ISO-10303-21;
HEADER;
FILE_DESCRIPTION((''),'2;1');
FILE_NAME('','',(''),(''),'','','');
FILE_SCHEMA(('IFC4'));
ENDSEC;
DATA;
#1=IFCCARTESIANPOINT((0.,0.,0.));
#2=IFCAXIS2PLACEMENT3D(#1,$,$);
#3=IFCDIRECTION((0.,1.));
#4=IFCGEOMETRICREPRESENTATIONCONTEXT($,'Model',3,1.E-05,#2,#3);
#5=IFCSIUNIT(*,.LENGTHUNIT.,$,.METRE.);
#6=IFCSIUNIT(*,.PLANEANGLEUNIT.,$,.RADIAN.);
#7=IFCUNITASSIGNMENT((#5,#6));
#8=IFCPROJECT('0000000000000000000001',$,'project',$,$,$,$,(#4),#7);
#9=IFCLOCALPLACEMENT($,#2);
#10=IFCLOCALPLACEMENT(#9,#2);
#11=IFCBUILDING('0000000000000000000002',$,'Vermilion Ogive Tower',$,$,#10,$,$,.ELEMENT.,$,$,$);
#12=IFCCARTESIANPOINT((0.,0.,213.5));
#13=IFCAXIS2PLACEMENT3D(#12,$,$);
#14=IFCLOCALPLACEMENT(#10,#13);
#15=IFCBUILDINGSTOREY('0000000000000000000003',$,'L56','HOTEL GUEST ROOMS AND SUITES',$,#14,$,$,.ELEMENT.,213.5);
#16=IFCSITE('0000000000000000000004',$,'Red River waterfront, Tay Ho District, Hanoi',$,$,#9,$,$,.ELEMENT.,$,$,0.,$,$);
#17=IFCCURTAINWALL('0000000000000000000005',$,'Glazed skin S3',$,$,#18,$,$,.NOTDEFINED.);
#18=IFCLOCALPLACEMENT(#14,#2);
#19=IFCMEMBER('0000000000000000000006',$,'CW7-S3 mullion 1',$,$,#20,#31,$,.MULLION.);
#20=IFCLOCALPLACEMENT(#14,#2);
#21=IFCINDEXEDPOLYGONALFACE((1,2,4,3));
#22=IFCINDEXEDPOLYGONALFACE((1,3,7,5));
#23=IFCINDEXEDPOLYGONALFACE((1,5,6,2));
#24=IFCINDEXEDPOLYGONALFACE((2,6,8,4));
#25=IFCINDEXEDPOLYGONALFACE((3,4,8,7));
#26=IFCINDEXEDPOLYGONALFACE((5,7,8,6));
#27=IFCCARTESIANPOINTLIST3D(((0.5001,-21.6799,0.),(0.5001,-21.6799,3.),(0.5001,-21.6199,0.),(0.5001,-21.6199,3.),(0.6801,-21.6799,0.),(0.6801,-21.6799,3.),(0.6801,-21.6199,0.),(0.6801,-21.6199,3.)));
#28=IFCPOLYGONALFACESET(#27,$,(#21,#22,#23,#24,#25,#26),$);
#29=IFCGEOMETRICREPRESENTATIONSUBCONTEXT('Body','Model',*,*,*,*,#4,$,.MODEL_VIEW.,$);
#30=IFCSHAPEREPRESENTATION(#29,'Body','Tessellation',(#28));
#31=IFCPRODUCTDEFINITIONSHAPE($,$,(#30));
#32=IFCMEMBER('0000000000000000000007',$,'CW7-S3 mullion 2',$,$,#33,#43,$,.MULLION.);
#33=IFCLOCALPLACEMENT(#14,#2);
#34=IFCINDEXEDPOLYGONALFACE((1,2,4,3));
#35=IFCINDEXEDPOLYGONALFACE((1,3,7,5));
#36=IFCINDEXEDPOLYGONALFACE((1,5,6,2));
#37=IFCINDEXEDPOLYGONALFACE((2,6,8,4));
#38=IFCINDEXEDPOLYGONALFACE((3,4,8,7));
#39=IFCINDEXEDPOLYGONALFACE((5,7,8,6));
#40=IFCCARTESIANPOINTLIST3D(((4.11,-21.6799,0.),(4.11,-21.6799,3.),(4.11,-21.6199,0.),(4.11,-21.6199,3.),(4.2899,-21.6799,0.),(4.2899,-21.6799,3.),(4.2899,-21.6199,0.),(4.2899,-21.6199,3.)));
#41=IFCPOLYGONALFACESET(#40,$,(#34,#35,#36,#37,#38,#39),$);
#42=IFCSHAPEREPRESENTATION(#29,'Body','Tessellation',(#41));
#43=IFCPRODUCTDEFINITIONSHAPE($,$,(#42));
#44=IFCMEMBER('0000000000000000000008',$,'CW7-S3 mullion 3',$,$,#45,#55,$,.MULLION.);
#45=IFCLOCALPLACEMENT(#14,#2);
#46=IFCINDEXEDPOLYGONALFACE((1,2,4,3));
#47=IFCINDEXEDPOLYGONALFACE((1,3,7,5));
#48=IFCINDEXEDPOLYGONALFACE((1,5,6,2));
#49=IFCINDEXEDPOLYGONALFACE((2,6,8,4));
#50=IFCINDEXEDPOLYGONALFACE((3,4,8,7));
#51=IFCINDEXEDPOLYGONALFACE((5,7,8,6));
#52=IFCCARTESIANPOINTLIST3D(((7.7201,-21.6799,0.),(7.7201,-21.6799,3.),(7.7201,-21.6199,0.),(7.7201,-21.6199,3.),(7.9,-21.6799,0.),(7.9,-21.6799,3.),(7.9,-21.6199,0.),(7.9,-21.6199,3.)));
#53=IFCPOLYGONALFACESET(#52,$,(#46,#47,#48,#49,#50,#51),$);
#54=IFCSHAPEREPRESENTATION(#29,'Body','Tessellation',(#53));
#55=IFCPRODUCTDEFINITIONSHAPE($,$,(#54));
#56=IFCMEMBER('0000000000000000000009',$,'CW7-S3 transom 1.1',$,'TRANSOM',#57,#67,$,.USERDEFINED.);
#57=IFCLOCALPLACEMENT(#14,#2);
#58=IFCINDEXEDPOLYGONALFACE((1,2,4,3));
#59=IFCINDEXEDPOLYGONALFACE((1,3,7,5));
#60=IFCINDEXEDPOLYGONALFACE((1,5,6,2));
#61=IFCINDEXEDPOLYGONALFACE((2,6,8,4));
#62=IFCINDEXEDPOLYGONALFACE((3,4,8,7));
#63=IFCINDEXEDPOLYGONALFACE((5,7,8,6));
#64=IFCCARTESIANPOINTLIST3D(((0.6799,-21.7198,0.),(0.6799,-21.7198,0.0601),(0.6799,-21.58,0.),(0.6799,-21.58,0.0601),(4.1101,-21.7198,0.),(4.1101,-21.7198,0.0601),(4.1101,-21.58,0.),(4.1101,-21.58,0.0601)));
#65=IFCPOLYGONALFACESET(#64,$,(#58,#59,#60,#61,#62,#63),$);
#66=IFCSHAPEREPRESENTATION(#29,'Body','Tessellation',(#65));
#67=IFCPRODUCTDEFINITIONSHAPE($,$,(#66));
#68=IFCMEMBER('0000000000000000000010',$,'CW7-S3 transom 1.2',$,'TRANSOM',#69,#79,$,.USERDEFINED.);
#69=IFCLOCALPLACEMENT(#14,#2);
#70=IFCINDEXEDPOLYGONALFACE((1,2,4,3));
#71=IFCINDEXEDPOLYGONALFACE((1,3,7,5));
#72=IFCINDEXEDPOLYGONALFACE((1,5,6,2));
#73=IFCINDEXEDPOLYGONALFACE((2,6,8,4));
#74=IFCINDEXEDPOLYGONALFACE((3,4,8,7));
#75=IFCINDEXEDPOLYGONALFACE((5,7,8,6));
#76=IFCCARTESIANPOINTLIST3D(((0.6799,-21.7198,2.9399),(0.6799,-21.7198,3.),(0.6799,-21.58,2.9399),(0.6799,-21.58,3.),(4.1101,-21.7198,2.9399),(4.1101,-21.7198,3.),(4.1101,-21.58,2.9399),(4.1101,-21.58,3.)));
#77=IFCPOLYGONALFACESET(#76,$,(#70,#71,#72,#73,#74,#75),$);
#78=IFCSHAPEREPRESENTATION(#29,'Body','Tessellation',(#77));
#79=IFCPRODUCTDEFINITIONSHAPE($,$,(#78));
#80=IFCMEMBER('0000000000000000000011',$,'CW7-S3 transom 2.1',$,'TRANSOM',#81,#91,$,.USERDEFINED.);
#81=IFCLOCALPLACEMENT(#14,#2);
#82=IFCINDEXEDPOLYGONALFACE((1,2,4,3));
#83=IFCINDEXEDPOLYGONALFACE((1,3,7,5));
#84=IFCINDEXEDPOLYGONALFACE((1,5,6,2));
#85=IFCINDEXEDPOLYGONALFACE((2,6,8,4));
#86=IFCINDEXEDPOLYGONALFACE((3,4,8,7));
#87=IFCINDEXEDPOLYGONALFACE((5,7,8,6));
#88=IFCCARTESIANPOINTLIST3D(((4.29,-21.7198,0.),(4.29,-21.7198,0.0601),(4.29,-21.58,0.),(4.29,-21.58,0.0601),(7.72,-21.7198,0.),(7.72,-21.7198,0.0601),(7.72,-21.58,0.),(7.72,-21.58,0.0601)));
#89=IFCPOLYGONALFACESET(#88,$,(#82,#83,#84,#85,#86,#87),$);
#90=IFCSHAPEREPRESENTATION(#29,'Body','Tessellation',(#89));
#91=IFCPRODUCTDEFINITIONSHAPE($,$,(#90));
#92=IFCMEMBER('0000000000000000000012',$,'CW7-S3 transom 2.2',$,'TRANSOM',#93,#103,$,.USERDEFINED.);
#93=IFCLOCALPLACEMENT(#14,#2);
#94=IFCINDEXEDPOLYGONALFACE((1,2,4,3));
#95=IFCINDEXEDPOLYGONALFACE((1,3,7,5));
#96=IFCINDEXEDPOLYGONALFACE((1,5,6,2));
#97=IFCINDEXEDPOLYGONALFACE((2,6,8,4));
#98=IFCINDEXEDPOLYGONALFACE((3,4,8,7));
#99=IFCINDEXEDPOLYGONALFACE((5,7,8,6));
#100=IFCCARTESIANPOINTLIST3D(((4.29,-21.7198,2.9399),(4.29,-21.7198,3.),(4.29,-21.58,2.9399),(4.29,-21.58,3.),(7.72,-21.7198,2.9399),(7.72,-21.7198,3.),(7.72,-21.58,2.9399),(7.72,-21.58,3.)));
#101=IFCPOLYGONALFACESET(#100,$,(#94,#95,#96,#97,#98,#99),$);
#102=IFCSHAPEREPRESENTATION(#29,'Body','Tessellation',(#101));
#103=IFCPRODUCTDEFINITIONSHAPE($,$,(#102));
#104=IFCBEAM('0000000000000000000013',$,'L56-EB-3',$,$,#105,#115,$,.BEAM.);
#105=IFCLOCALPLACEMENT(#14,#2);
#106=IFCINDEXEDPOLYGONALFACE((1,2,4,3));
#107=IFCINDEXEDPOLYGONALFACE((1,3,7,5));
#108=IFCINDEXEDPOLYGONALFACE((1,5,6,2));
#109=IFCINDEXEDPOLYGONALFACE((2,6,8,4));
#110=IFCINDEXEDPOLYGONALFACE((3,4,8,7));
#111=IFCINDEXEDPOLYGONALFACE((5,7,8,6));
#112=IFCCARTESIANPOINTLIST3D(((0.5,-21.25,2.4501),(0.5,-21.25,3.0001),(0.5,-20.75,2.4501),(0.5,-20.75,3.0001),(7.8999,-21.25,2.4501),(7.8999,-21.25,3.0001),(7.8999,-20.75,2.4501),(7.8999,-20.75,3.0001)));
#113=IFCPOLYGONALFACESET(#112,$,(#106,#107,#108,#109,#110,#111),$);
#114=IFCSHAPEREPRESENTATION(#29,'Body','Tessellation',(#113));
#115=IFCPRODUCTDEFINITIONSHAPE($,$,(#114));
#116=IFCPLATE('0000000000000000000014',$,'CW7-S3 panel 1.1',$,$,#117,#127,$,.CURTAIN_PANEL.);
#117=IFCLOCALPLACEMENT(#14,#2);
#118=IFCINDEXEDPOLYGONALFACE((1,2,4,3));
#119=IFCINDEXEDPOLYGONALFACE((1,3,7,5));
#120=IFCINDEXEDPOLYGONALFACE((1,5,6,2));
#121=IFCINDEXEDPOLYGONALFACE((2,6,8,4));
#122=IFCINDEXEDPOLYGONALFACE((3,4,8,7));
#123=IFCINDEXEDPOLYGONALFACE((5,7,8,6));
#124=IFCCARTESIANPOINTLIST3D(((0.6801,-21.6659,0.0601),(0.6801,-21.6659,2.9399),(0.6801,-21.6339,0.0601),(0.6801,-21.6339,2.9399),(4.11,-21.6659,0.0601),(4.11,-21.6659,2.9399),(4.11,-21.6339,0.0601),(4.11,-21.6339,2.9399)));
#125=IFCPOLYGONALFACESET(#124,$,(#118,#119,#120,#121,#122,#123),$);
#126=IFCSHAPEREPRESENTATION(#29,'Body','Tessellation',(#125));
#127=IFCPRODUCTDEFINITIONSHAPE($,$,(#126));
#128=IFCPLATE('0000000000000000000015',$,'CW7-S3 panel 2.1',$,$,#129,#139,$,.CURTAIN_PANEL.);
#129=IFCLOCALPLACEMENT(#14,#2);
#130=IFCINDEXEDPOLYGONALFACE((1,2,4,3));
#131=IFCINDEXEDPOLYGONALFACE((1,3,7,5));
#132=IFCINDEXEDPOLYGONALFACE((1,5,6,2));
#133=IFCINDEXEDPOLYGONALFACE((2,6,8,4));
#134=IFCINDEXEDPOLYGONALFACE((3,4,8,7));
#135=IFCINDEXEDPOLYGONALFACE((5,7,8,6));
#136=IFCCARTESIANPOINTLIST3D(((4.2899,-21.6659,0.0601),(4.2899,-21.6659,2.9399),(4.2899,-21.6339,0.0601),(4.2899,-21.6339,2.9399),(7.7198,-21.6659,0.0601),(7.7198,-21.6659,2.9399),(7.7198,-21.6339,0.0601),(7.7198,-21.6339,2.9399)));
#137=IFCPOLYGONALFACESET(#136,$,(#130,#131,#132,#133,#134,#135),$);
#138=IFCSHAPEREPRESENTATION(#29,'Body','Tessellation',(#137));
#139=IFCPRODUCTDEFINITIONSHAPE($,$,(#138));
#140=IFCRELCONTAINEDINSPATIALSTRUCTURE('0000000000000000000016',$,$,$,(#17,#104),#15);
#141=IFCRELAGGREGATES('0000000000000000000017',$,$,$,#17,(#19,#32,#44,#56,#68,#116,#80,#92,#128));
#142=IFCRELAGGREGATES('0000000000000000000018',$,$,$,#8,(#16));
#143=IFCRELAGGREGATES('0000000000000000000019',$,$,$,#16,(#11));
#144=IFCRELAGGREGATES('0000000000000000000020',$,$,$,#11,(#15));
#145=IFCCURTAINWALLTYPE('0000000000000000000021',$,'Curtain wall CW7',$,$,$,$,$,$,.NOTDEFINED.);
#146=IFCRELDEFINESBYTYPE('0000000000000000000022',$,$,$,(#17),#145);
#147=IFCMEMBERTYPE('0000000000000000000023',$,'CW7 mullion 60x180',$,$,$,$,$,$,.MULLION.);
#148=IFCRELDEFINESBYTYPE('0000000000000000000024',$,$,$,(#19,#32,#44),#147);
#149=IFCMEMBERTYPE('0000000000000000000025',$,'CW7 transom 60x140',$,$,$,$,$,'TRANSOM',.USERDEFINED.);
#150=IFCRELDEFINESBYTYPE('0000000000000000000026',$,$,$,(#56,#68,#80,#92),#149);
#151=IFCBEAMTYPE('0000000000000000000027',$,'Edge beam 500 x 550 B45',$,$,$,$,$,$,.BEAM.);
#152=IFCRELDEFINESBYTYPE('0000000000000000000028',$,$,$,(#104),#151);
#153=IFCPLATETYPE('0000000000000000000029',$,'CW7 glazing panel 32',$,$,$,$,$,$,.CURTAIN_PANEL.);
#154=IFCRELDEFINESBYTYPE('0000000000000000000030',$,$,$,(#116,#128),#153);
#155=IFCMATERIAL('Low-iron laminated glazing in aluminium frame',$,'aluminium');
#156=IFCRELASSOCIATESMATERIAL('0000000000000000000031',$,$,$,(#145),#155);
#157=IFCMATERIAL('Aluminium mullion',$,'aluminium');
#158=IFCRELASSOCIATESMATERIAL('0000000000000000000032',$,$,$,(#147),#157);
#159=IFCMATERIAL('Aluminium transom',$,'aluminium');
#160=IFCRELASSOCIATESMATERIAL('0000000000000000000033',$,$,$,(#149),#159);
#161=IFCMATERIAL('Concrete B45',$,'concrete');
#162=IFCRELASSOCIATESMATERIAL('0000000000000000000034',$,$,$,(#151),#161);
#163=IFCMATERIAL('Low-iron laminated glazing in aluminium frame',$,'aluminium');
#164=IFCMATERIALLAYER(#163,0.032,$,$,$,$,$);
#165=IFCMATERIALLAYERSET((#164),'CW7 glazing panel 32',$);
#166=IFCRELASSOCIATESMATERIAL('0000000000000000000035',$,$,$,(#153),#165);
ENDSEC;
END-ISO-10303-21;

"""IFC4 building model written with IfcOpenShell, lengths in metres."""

from ifc_helpers import new_model, si_unit, direction, frame, origin, origin_2d, place, context, subcontext, project, spatial, rectangle, extrude, material, layer, layer_set, material_profile, profile_set, type_object, element, aggregate, save


model = new_model("IFC4")

# Units and contexts
model_context = context("Model", 3, precision=1e-05, world=origin(), true_north=direction((0.0, 1.0)))
body_context = subcontext(model_context, "Body", "Model", "MODEL_VIEW")
ifc_project = project(units=[si_unit("LENGTHUNIT", "METRE"), si_unit("PLANEANGLEUNIT", "RADIAN")], contexts=[model_context])

# Site, building, storey
site_placement = place(None, origin())
site = spatial("IfcSite", under=ifc_project, at=site_placement, Name="Red River waterfront, Tay Ho District, Hanoi", CompositionType="ELEMENT", RefElevation=0.0)
building_placement = place(site_placement, origin())
building = spatial("IfcBuilding", under=site, at=building_placement, Name="Vermilion Ogive Tower", CompositionType="ELEMENT")
storey_placement = place(building_placement, frame((0.0, 0.0, 213.5)))
storey = spatial("IfcBuildingStorey", under=building, at=storey_placement, Name="L56", Description="HOTEL GUEST ROOMS AND SUITES", CompositionType="ELEMENT", Elevation=213.5)

# Curtain wall, members
ifc_material_1 = material(Name="Low-iron laminated glazing in aluminium frame", Category="aluminium")
curtain_wall_type = type_object("IfcCurtainWallType", Name="Curtain wall CW7", PredefinedType="NOTDEFINED", material=ifc_material_1)
curtain_wall_placement = place(storey_placement, origin())
curtain_wall = element("IfcCurtainWall", 1, at=curtain_wall_placement, inside=storey, type_object=curtain_wall_type, Name="Glazed skin S3", PredefinedType="NOTDEFINED")
ifc_material_2 = material(Name="Aluminium mullion", Category="aluminium")
ifc_material_profile_1 = material_profile(ifc_material_2, rectangle(XDim=0.0601, YDim=0.1799, at=origin_2d()), Name="AL 60x180")
ifc_profile_set_1 = profile_set([ifc_material_profile_1], Name="Aluminium mullion")
member_type_1 = type_object("IfcMemberType", Name="CW7 mullion 60x180", PredefinedType="MULLION", material=ifc_profile_set_1)
member_1_placement = place(storey_placement, frame((0.5901, -21.6499, 0.0), z_axis=(0.0, 0.0, 1.0), x_axis=(0.0, 1.0, 0.0)))
member_1 = element("IfcMember", 2, at=member_1_placement, type_object=member_type_1, Name="CW7-S3 mullion 1", PredefinedType="MULLION", context=body_context, shape_type="SweptSolid", body=[
    extrude(rectangle(XDim=0.0601, YDim=0.1799, at=origin_2d()), origin(), (0.0, 0.0, 1.0), 3.0),
])
member_2_placement = place(storey_placement, frame((4.2, -21.6499, 0.0), z_axis=(0.0, 0.0, 1.0), x_axis=(0.0, 1.0, 0.0)))
member_2 = element("IfcMember", 3, at=member_2_placement, type_object=member_type_1, Name="CW7-S3 mullion 2", PredefinedType="MULLION", context=body_context, shape_type="SweptSolid", body=[
    extrude(rectangle(XDim=0.0601, YDim=0.1799, at=origin_2d()), origin(), (0.0, 0.0, 1.0), 3.0),
])
member_3_placement = place(storey_placement, frame((7.8101, -21.6499, 0.0), z_axis=(0.0, 0.0, 1.0), x_axis=(0.0, 1.0, 0.0)))
member_3 = element("IfcMember", 4, at=member_3_placement, type_object=member_type_1, Name="CW7-S3 mullion 3", PredefinedType="MULLION", context=body_context, shape_type="SweptSolid", body=[
    extrude(rectangle(XDim=0.0601, YDim=0.1799, at=origin_2d()), origin(), (0.0, 0.0, 1.0), 3.0),
])
ifc_material_3 = material(Name="Aluminium transom", Category="aluminium")
ifc_material_profile_2 = material_profile(ifc_material_3, rectangle(XDim=0.1399, YDim=0.0601, at=origin_2d()), Name="AL 60x140")
ifc_profile_set_2 = profile_set([ifc_material_profile_2], Name="Aluminium transom")
member_type_2 = type_object("IfcMemberType", Name="CW7 transom 60x140", ElementType="TRANSOM", PredefinedType="USERDEFINED", material=ifc_profile_set_2)
member_4_placement = place(storey_placement, frame((0.6799, -21.6499, 0.03), z_axis=(1.0, 0.0, 0.0), x_axis=(0.0, 1.0, 0.0)))
member_4 = element("IfcMember", 5, at=member_4_placement, type_object=member_type_2, Name="CW7-S3 transom 1.1", ObjectType="TRANSOM", PredefinedType="USERDEFINED", context=body_context, shape_type="SweptSolid", body=[
    extrude(rectangle(XDim=0.1399, YDim=0.0601, at=origin_2d()), origin(), (0.0, 0.0, 1.0), 3.4302),
])
member_5_placement = place(storey_placement, frame((0.6799, -21.6499, 2.97), z_axis=(1.0, 0.0, 0.0), x_axis=(0.0, 1.0, 0.0)))
member_5 = element("IfcMember", 6, at=member_5_placement, type_object=member_type_2, Name="CW7-S3 transom 1.2", ObjectType="TRANSOM", PredefinedType="USERDEFINED", context=body_context, shape_type="SweptSolid", body=[
    extrude(rectangle(XDim=0.1399, YDim=0.0601, at=origin_2d()), origin(), (0.0, 0.0, 1.0), 3.4302),
])
member_6_placement = place(storey_placement, frame((4.29, -21.6499, 0.03), z_axis=(1.0, 0.0, 0.0), x_axis=(0.0, 1.0, 0.0)))
member_6 = element("IfcMember", 7, at=member_6_placement, type_object=member_type_2, Name="CW7-S3 transom 2.1", ObjectType="TRANSOM", PredefinedType="USERDEFINED", context=body_context, shape_type="SweptSolid", body=[
    extrude(rectangle(XDim=0.1399, YDim=0.0601, at=origin_2d()), origin(), (0.0, 0.0, 1.0), 3.4299),
])
member_7_placement = place(storey_placement, frame((4.29, -21.6499, 2.97), z_axis=(1.0, 0.0, 0.0), x_axis=(0.0, 1.0, 0.0)))
member_7 = element("IfcMember", 8, at=member_7_placement, type_object=member_type_2, Name="CW7-S3 transom 2.2", ObjectType="TRANSOM", PredefinedType="USERDEFINED", context=body_context, shape_type="SweptSolid", body=[
    extrude(rectangle(XDim=0.1399, YDim=0.0601, at=origin_2d()), origin(), (0.0, 0.0, 1.0), 3.4299),
])

# Beam
ifc_material_4 = material(Name="Concrete B45", Category="concrete")
ifc_material_profile_3 = material_profile(ifc_material_4, rectangle(XDim=0.5, YDim=0.55, at=origin_2d()), Name="500 x 550")
ifc_profile_set_3 = profile_set([ifc_material_profile_3], Name="Concrete B45")
beam_type = type_object("IfcBeamType", Name="Edge beam 500 x 550 B45", PredefinedType="BEAM", material=ifc_profile_set_3)
beam_placement = place(storey_placement, frame((0.5, -21.0, 2.7251), z_axis=(1.0, 0.0, 0.0), x_axis=(0.0, 1.0, 0.0)))
element("IfcBeam", 9, at=beam_placement, inside=storey, type_object=beam_type, Name="L56-EB-3", PredefinedType="BEAM", context=body_context, shape_type="SweptSolid", body=[
    extrude(rectangle(XDim=0.5, YDim=0.55, at=origin_2d()), origin(), (0.0, 0.0, 1.0), 7.3999),
])

# Plates
ifc_material_5 = material(Name="Low-iron laminated glazing in aluminium frame", Category="aluminium")
ifc_layer_1 = layer(ifc_material_5, 0.032)
ifc_layer_set_1 = layer_set([ifc_layer_1], Name="CW7 glazing panel 32")
plate_type = type_object("IfcPlateType", Name="CW7 glazing panel 32", PredefinedType="CURTAIN_PANEL", material=ifc_layer_set_1)
plate_1_placement = place(storey_placement, frame((2.395, -21.6499, 0.0601), z_axis=(0.0, 0.0, 1.0), x_axis=(1.0, 0.0, 0.0)))
plate_1 = element("IfcPlate", 10, at=plate_1_placement, type_object=plate_type, Name="CW7-S3 panel 1.1", PredefinedType="CURTAIN_PANEL", context=body_context, shape_type="SweptSolid", body=[
    extrude(rectangle(XDim=3.4299, YDim=0.032, at=origin_2d()), origin(), (0.0, 0.0, 1.0), 2.8799),
])
plate_2_placement = place(storey_placement, frame((6.0049, -21.6499, 0.0601), z_axis=(0.0, 0.0, 1.0), x_axis=(1.0, 0.0, 0.0)))
plate_2 = element("IfcPlate", 11, at=plate_2_placement, type_object=plate_type, Name="CW7-S3 panel 2.1", PredefinedType="CURTAIN_PANEL", context=body_context, shape_type="SweptSolid", body=[
    extrude(rectangle(XDim=3.4299, YDim=0.032, at=origin_2d()), origin(), (0.0, 0.0, 1.0), 2.8799),
])
aggregate(curtain_wall, [member_1, member_2, member_3, member_4, member_5, plate_1, member_6, member_7, plate_2])

save(model, "model.ifc")
